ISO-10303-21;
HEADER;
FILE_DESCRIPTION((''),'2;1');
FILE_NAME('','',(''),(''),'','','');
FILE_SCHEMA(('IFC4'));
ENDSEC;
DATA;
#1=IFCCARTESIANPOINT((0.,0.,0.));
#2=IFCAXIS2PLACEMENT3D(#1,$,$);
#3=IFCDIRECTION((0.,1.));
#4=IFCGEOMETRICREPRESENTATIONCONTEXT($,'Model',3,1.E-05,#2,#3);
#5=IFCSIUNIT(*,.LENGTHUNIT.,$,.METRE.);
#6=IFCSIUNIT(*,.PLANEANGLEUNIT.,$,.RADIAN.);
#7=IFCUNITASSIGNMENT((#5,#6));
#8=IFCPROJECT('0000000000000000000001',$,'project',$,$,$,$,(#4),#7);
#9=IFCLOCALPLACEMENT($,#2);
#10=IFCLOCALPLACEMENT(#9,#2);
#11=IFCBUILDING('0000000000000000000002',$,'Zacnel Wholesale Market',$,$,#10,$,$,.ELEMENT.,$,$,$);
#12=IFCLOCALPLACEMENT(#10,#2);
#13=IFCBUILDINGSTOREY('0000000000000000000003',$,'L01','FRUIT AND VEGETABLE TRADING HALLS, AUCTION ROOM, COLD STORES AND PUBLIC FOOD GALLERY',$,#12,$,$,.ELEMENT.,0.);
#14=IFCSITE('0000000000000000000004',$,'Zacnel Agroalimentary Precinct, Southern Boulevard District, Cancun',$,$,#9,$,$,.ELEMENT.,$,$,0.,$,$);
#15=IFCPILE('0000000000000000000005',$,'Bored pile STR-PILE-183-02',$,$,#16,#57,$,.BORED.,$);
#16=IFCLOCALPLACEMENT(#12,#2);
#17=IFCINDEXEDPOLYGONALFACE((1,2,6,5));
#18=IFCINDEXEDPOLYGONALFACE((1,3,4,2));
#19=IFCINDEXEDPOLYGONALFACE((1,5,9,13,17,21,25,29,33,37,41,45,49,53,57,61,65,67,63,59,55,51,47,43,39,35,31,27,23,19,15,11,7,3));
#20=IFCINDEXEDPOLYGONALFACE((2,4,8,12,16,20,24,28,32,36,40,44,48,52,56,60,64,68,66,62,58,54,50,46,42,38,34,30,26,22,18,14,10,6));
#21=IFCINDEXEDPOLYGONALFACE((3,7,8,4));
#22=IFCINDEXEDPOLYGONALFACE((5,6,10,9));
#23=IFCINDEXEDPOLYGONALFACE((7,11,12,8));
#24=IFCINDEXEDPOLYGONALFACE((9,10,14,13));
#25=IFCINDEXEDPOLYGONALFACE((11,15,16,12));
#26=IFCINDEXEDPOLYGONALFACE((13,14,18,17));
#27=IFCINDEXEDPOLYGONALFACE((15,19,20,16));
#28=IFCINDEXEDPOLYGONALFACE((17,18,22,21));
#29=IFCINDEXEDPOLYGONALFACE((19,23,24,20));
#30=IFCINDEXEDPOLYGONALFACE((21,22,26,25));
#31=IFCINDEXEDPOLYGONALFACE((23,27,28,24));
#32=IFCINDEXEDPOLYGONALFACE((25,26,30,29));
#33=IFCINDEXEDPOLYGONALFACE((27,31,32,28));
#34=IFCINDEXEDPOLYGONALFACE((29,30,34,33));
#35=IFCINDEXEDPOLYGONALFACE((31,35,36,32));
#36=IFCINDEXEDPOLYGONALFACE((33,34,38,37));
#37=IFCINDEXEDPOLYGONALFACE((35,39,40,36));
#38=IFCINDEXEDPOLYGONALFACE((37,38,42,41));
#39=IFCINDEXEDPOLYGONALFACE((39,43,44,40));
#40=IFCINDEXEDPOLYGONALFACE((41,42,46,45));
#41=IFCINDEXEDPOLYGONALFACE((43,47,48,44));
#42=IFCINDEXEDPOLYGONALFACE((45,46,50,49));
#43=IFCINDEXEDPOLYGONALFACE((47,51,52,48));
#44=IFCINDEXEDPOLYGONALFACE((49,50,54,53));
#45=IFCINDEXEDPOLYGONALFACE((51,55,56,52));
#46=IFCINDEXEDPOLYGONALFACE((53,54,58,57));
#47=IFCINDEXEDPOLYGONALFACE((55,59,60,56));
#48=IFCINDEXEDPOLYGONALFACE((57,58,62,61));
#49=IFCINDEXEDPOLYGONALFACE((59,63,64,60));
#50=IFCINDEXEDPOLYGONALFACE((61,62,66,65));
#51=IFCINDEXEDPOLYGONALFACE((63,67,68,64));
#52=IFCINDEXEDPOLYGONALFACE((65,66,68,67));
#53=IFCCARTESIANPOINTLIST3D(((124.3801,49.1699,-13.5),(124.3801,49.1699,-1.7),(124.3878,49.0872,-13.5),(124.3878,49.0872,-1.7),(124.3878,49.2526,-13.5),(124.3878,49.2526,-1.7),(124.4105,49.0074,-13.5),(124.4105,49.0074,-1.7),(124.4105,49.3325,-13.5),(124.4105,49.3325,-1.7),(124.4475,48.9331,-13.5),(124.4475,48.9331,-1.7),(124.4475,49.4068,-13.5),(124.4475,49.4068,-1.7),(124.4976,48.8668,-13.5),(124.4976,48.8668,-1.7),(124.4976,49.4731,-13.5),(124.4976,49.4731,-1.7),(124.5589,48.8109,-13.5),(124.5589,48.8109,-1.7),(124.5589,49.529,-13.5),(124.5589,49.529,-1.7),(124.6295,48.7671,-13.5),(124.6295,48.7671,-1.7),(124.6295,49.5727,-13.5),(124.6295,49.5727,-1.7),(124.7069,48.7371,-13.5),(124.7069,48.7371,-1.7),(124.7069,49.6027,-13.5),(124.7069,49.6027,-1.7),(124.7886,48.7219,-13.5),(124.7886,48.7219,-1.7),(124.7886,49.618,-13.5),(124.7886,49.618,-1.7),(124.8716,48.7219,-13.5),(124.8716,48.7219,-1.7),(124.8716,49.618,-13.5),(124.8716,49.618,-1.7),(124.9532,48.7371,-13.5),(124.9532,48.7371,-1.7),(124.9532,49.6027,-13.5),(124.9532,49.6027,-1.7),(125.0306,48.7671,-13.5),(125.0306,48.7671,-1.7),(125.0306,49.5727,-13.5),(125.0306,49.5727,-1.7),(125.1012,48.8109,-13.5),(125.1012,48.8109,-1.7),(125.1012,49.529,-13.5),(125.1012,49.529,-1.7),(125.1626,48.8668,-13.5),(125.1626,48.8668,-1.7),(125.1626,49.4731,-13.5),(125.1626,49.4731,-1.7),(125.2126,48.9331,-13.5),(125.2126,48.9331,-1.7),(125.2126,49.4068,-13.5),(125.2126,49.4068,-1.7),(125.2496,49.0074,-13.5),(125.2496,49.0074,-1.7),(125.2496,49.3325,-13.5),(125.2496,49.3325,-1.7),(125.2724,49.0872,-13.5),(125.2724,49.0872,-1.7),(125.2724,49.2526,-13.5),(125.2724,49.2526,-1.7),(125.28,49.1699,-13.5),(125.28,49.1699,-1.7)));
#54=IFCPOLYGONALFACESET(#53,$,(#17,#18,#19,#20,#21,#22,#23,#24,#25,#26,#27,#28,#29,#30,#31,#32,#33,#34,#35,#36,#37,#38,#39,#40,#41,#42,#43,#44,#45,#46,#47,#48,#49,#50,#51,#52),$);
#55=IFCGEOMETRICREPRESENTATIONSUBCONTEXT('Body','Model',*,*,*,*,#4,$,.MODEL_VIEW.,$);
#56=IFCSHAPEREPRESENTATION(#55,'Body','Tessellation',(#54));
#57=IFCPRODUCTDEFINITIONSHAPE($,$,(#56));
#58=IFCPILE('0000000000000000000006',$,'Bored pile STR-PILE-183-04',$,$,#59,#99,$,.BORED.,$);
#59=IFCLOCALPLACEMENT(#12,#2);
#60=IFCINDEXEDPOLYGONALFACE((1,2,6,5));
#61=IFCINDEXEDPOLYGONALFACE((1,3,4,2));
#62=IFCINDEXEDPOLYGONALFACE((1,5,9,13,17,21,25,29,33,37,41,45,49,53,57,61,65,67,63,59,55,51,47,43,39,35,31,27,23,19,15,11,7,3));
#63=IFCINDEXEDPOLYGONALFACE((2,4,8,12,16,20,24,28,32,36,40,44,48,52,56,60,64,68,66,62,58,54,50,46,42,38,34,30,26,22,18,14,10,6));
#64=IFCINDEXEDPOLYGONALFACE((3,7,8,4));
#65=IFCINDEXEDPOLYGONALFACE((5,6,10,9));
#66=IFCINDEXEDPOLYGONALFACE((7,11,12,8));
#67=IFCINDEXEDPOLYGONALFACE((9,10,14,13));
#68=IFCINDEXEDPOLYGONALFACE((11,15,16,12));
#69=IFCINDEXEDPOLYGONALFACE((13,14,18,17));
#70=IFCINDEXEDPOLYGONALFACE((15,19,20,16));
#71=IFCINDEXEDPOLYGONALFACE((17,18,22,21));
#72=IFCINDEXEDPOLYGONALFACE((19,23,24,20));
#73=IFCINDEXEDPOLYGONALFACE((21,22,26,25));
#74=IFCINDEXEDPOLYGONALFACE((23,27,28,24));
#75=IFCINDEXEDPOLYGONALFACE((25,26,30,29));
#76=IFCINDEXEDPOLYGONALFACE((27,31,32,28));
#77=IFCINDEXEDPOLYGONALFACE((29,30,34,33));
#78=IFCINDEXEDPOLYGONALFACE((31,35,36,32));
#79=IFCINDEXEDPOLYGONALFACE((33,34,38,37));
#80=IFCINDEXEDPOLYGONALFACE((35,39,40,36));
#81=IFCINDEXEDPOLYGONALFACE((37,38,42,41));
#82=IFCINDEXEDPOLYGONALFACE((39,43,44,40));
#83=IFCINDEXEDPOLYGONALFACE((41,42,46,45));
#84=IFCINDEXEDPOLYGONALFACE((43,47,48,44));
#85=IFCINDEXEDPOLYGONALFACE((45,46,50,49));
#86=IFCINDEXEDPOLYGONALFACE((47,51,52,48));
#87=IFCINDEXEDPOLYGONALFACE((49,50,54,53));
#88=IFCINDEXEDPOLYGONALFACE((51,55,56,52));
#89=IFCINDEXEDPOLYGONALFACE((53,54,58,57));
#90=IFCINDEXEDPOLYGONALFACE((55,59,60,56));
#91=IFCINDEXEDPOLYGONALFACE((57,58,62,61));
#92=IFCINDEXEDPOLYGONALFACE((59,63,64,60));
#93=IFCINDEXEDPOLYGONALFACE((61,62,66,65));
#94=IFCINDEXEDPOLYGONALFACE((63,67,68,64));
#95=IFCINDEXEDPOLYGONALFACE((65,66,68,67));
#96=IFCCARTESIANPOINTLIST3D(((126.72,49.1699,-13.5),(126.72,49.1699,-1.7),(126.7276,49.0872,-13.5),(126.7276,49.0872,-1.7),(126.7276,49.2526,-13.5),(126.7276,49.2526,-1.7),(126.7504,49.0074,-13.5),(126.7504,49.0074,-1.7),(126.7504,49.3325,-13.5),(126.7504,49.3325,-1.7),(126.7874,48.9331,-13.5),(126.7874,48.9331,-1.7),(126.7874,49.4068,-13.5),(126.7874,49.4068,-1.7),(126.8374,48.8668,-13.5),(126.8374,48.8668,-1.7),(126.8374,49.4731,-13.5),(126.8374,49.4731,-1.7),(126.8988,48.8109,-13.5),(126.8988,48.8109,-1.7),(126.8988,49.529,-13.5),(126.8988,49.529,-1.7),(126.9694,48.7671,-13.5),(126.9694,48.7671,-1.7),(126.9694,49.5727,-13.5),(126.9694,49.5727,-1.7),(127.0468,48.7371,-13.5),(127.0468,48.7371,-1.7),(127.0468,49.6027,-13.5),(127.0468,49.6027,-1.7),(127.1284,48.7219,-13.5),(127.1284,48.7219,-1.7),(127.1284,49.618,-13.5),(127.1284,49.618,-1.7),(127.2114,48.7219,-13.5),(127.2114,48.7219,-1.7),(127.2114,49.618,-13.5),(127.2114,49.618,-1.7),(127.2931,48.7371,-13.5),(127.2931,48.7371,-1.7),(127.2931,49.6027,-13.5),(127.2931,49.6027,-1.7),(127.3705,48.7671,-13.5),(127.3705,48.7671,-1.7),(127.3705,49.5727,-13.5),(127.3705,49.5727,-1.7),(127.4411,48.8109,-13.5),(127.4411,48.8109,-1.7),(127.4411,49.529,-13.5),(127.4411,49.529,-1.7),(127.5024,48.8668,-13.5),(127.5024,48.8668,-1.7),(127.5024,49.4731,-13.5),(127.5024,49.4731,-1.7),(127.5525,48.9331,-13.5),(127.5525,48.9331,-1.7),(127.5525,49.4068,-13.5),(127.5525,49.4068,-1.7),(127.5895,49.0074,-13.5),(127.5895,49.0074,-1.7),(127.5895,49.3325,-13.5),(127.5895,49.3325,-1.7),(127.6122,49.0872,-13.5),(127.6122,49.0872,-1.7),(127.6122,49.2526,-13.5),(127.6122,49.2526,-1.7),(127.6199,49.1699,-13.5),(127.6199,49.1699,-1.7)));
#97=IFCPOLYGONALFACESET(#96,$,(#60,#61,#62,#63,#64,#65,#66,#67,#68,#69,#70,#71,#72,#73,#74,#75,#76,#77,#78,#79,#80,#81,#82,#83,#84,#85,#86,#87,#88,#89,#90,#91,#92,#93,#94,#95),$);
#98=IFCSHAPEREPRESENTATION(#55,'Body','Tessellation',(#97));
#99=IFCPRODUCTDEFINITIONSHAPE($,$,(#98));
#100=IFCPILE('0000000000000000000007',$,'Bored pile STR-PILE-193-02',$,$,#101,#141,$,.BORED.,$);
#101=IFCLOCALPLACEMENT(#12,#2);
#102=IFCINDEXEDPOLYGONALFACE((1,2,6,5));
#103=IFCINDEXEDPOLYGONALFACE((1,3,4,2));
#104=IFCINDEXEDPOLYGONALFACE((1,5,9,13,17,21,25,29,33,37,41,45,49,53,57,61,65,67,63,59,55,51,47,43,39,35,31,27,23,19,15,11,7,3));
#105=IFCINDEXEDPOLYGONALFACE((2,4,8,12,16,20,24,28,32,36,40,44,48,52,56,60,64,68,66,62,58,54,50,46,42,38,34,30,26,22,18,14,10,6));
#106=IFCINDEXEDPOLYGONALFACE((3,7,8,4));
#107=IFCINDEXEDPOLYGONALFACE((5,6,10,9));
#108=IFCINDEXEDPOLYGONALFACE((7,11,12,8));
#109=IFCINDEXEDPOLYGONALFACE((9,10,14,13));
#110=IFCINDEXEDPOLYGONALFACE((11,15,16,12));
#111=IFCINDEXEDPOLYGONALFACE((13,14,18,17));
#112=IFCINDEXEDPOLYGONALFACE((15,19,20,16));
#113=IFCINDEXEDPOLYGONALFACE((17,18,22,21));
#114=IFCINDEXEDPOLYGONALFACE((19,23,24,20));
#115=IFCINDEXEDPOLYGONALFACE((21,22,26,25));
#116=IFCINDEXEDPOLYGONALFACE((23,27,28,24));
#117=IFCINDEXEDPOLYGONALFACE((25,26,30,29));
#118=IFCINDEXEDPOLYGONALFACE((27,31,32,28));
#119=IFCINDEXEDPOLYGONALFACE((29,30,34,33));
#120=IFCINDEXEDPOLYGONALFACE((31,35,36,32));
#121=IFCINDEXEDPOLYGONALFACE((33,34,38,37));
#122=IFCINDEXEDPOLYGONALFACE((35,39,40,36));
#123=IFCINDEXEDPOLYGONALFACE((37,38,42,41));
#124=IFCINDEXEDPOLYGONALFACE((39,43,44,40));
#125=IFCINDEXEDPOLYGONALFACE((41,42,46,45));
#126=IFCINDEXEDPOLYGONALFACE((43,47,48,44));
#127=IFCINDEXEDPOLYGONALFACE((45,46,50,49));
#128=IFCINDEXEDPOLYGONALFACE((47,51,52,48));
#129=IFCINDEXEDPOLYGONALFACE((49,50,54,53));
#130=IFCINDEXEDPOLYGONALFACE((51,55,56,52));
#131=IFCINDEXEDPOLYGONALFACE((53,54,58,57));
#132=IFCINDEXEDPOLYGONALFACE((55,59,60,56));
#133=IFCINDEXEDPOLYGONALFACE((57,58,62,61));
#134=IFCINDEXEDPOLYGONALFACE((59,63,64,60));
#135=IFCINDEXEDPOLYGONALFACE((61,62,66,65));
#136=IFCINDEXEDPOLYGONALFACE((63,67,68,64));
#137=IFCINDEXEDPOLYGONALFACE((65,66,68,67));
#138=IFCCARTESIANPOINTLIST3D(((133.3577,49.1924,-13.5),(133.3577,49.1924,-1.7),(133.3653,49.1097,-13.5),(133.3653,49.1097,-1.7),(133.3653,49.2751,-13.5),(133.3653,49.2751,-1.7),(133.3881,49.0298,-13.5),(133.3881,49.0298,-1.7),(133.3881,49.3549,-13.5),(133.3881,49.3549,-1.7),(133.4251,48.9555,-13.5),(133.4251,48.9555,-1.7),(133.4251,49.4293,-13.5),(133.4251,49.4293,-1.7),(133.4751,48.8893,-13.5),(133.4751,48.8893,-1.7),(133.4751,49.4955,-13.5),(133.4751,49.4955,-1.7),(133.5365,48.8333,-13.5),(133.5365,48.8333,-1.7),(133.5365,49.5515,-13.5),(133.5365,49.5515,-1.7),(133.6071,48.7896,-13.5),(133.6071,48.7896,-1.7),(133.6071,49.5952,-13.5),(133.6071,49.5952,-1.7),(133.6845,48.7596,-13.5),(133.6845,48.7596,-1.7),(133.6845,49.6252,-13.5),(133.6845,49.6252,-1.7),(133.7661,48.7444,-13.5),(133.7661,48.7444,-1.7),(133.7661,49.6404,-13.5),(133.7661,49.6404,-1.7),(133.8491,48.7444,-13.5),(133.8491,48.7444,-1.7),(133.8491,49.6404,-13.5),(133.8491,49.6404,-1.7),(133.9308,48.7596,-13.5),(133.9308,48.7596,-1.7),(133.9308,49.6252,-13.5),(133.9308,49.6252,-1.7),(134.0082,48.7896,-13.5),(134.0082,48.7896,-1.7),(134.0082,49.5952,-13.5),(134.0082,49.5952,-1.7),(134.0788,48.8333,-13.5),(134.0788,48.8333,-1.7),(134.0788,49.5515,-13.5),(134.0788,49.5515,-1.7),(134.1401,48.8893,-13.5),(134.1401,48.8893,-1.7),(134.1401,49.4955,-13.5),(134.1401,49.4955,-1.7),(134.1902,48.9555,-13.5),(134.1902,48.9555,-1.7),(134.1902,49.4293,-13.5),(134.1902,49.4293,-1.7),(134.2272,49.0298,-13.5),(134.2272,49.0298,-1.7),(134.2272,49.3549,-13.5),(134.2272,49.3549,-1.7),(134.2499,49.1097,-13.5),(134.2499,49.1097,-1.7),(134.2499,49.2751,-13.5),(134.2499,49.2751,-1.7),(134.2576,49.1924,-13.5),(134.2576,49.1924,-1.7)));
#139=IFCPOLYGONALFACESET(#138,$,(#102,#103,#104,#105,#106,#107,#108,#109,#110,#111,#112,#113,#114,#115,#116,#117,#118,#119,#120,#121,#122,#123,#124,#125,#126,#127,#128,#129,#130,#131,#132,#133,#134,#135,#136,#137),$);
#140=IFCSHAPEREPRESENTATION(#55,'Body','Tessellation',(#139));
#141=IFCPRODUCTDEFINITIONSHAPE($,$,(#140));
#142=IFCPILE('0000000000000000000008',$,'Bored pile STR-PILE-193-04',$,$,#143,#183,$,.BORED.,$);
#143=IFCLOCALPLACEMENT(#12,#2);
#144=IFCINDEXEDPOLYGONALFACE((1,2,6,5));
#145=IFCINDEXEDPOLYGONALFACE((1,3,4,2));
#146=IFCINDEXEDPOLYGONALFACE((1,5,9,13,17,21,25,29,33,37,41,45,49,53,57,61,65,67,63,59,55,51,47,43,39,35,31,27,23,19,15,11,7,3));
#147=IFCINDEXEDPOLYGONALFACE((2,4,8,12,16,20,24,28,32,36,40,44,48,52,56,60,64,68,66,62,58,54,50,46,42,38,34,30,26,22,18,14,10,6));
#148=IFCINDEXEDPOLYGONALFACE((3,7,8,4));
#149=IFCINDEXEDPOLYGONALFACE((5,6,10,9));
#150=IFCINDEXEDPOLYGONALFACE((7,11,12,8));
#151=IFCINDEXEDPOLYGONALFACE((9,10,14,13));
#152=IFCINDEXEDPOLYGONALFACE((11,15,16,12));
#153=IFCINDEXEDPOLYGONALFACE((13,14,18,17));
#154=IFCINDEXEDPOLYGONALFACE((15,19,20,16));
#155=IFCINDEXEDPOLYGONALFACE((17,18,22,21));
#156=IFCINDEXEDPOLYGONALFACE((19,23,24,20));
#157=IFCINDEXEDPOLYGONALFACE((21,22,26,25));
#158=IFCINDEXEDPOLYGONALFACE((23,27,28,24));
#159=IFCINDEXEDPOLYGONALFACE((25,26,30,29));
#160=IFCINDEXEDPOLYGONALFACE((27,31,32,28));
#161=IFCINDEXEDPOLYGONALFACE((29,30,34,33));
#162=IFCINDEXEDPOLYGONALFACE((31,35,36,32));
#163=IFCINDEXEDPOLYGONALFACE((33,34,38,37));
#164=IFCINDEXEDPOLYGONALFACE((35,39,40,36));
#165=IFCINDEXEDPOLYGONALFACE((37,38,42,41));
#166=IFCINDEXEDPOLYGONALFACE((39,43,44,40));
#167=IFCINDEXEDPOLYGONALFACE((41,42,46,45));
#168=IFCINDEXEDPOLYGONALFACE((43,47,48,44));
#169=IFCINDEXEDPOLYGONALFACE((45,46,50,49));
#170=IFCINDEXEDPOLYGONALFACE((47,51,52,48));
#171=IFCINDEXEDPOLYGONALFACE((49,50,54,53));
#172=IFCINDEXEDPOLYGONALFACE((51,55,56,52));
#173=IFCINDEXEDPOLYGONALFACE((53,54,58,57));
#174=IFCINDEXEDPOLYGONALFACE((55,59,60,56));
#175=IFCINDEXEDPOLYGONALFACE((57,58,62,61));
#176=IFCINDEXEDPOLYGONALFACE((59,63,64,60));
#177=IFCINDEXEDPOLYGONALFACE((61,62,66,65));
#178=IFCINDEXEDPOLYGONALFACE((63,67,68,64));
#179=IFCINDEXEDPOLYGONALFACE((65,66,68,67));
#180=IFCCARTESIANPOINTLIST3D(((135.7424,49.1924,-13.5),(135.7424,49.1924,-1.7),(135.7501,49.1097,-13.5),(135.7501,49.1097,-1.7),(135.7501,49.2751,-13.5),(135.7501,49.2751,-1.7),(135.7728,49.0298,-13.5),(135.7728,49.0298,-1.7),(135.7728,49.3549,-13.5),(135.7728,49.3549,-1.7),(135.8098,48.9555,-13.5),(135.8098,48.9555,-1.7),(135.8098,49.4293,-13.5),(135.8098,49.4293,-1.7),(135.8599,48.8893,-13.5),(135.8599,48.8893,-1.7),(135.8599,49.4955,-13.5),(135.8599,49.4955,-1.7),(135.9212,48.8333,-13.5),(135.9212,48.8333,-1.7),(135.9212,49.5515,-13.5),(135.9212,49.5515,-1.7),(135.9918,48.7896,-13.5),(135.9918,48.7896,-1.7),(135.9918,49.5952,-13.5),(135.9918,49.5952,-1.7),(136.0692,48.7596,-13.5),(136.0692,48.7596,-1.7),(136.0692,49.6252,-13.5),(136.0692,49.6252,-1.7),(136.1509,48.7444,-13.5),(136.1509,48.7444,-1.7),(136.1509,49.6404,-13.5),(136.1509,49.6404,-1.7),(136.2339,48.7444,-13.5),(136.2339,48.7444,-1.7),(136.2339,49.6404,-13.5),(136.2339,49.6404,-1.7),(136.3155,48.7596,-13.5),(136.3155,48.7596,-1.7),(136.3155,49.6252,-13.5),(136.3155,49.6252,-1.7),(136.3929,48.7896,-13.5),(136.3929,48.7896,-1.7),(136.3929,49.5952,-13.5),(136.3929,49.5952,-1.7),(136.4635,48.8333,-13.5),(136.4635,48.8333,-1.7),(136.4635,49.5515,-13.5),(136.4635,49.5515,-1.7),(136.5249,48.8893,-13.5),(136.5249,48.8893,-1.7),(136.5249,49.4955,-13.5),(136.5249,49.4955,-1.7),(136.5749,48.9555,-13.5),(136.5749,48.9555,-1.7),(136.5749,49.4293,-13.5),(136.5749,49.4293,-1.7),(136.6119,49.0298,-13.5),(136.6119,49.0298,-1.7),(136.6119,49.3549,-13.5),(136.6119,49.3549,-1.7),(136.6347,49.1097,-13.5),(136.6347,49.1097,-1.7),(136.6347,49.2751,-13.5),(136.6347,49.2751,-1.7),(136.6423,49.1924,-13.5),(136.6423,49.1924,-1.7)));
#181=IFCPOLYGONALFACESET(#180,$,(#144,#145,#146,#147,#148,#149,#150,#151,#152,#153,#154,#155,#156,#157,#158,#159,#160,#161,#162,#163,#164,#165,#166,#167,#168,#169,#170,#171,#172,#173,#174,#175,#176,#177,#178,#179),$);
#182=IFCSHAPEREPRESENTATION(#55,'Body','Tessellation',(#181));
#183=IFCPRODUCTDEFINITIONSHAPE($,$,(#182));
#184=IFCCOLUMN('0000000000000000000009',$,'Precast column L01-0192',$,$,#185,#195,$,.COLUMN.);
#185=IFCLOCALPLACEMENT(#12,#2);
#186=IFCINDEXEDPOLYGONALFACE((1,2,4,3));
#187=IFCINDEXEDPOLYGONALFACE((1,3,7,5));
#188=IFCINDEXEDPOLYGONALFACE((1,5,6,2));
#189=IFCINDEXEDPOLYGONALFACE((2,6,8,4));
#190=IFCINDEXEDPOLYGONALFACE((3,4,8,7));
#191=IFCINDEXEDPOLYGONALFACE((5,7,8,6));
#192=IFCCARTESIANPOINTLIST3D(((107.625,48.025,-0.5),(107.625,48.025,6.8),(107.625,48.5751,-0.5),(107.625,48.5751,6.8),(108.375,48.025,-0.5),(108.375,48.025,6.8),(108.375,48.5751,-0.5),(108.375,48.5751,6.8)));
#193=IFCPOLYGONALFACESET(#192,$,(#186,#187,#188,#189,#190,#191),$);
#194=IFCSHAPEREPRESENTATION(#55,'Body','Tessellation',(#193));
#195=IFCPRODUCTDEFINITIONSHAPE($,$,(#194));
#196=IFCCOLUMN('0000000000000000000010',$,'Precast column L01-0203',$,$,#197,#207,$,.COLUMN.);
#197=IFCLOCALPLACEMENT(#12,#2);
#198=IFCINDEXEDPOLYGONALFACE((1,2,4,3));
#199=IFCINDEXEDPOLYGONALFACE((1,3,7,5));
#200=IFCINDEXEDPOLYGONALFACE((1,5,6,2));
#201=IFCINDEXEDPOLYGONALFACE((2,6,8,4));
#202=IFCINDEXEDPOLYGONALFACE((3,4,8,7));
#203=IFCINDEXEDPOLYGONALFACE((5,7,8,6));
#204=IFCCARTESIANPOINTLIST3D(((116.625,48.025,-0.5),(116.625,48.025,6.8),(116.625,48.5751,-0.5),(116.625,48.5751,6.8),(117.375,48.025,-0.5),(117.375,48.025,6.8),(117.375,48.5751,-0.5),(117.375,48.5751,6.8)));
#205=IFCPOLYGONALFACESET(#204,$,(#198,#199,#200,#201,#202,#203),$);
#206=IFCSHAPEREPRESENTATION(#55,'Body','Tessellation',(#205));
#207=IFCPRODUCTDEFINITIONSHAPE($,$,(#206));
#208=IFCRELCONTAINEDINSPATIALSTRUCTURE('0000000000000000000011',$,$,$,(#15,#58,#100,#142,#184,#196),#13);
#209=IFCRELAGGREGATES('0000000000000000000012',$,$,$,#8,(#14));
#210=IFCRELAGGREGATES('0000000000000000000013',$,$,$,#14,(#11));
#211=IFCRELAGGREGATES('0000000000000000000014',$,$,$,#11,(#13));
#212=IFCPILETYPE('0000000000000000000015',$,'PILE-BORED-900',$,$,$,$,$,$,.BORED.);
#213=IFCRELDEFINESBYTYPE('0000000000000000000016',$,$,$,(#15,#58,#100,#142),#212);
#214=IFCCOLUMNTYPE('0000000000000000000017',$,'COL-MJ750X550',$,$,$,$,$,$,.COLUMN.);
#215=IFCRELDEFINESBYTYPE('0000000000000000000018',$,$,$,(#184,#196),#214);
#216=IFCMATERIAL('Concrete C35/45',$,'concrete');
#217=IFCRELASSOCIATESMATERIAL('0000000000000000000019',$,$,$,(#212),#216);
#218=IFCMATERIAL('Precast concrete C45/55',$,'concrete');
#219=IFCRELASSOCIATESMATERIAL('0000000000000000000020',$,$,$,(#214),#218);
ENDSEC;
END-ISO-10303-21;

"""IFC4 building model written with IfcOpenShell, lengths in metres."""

from ifc_helpers import new_model, si_unit, direction, frame, origin, origin_2d, place, context, subcontext, project, spatial, rectangle, circle, extrude, material, material_profile, profile_set, type_object, element, save


model = new_model("IFC4")

# Units and contexts
model_context = context("Model", 3, precision=1e-05, world=origin(), true_north=direction((0.0, 1.0)))
body_context = subcontext(model_context, "Body", "Model", "MODEL_VIEW")
ifc_project = project(units=[si_unit("LENGTHUNIT", "METRE"), si_unit("PLANEANGLEUNIT", "RADIAN")], contexts=[model_context])

# Site, building, storey
site_placement = place(None, origin())
site = spatial("IfcSite", under=ifc_project, at=site_placement, Name="Zacnel Agroalimentary Precinct, Southern Boulevard District, Cancun", CompositionType="ELEMENT", RefElevation=0.0)
building_placement = place(site_placement, origin())
building = spatial("IfcBuilding", under=site, at=building_placement, Name="Zacnel Wholesale Market", CompositionType="ELEMENT")
storey_placement = place(building_placement, origin())
storey = spatial("IfcBuildingStorey", under=building, at=storey_placement, Name="L01", Description="FRUIT AND VEGETABLE TRADING HALLS, AUCTION ROOM, COLD STORES AND PUBLIC FOOD GALLERY", CompositionType="ELEMENT", Elevation=0.0)

# Piles
ifc_material_1 = material(Name="Concrete C35/45", Category="concrete")
ifc_material_profile_1 = material_profile(ifc_material_1, circle(Radius=0.45, at=origin_2d()), Name="BORED PILE D900")
ifc_profile_set_1 = profile_set([ifc_material_profile_1], Name="Concrete C35/45")
pile_type_1 = type_object("IfcPileType", Name="PILE-BORED-900", PredefinedType="BORED", material=ifc_profile_set_1)
for number, where, z_axis, x_axis, name in (
    (1, (124.8301, 49.1699, -1.7), (0.0, 0.0, -1.0), (1.0, 0.0, 0.0), "Bored pile STR-PILE-183-02"),
    (2, (127.1699, 49.1699, -1.7), (0.0, 0.0, -1.0), (1.0, 0.0, 0.0), "Bored pile STR-PILE-183-04"),
    (3, (133.8076, 49.1924, -1.7), (0.0, 0.0, -1.0), (1.0, 0.0, 0.0), "Bored pile STR-PILE-193-02"),
    (4, (136.1924, 49.1924, -1.7), (0.0, 0.0, -1.0), (1.0, 0.0, 0.0), "Bored pile STR-PILE-193-04"),
):
    element("IfcPile", number, at=place(storey_placement, frame(where, z_axis=z_axis, x_axis=x_axis)), inside=storey, type_object=pile_type_1, Name=name, PredefinedType="BORED", context=body_context, shape_type="SweptSolid", body=[
        extrude(circle(Radius=0.45, at=origin_2d()), origin(), (0.0, 0.0, 1.0), 11.8),
    ])

# Columns
ifc_material_2 = material(Name="Precast concrete C45/55", Category="concrete")
ifc_material_profile_2 = material_profile(ifc_material_2, rectangle(XDim=0.75, YDim=0.55, at=origin_2d()), Name="PC 750x550")
ifc_profile_set_2 = profile_set([ifc_material_profile_2], Name="Precast concrete C45/55")
column_type_1 = type_object("IfcColumnType", Name="COL-MJ750X550", PredefinedType="COLUMN", material=ifc_profile_set_2)
for number, where, z_axis, x_axis, name in (
    (5, (108.0, 48.3, -0.5), (0.0, 0.0, 1.0), (1.0, 0.0, 0.0), "Precast column L01-0192"),
    (6, (117.0, 48.3, -0.5), (0.0, 0.0, 1.0), (1.0, 0.0, 0.0), "Precast column L01-0203"),
):
    element("IfcColumn", number, at=place(storey_placement, frame(where, z_axis=z_axis, x_axis=x_axis)), inside=storey, type_object=column_type_1, Name=name, PredefinedType="COLUMN", context=body_context, shape_type="SweptSolid", body=[
        extrude(rectangle(XDim=0.75, YDim=0.55, at=origin_2d()), origin(), (0.0, 0.0, 1.0), 7.3),
    ])

save(model, "model.ifc")
